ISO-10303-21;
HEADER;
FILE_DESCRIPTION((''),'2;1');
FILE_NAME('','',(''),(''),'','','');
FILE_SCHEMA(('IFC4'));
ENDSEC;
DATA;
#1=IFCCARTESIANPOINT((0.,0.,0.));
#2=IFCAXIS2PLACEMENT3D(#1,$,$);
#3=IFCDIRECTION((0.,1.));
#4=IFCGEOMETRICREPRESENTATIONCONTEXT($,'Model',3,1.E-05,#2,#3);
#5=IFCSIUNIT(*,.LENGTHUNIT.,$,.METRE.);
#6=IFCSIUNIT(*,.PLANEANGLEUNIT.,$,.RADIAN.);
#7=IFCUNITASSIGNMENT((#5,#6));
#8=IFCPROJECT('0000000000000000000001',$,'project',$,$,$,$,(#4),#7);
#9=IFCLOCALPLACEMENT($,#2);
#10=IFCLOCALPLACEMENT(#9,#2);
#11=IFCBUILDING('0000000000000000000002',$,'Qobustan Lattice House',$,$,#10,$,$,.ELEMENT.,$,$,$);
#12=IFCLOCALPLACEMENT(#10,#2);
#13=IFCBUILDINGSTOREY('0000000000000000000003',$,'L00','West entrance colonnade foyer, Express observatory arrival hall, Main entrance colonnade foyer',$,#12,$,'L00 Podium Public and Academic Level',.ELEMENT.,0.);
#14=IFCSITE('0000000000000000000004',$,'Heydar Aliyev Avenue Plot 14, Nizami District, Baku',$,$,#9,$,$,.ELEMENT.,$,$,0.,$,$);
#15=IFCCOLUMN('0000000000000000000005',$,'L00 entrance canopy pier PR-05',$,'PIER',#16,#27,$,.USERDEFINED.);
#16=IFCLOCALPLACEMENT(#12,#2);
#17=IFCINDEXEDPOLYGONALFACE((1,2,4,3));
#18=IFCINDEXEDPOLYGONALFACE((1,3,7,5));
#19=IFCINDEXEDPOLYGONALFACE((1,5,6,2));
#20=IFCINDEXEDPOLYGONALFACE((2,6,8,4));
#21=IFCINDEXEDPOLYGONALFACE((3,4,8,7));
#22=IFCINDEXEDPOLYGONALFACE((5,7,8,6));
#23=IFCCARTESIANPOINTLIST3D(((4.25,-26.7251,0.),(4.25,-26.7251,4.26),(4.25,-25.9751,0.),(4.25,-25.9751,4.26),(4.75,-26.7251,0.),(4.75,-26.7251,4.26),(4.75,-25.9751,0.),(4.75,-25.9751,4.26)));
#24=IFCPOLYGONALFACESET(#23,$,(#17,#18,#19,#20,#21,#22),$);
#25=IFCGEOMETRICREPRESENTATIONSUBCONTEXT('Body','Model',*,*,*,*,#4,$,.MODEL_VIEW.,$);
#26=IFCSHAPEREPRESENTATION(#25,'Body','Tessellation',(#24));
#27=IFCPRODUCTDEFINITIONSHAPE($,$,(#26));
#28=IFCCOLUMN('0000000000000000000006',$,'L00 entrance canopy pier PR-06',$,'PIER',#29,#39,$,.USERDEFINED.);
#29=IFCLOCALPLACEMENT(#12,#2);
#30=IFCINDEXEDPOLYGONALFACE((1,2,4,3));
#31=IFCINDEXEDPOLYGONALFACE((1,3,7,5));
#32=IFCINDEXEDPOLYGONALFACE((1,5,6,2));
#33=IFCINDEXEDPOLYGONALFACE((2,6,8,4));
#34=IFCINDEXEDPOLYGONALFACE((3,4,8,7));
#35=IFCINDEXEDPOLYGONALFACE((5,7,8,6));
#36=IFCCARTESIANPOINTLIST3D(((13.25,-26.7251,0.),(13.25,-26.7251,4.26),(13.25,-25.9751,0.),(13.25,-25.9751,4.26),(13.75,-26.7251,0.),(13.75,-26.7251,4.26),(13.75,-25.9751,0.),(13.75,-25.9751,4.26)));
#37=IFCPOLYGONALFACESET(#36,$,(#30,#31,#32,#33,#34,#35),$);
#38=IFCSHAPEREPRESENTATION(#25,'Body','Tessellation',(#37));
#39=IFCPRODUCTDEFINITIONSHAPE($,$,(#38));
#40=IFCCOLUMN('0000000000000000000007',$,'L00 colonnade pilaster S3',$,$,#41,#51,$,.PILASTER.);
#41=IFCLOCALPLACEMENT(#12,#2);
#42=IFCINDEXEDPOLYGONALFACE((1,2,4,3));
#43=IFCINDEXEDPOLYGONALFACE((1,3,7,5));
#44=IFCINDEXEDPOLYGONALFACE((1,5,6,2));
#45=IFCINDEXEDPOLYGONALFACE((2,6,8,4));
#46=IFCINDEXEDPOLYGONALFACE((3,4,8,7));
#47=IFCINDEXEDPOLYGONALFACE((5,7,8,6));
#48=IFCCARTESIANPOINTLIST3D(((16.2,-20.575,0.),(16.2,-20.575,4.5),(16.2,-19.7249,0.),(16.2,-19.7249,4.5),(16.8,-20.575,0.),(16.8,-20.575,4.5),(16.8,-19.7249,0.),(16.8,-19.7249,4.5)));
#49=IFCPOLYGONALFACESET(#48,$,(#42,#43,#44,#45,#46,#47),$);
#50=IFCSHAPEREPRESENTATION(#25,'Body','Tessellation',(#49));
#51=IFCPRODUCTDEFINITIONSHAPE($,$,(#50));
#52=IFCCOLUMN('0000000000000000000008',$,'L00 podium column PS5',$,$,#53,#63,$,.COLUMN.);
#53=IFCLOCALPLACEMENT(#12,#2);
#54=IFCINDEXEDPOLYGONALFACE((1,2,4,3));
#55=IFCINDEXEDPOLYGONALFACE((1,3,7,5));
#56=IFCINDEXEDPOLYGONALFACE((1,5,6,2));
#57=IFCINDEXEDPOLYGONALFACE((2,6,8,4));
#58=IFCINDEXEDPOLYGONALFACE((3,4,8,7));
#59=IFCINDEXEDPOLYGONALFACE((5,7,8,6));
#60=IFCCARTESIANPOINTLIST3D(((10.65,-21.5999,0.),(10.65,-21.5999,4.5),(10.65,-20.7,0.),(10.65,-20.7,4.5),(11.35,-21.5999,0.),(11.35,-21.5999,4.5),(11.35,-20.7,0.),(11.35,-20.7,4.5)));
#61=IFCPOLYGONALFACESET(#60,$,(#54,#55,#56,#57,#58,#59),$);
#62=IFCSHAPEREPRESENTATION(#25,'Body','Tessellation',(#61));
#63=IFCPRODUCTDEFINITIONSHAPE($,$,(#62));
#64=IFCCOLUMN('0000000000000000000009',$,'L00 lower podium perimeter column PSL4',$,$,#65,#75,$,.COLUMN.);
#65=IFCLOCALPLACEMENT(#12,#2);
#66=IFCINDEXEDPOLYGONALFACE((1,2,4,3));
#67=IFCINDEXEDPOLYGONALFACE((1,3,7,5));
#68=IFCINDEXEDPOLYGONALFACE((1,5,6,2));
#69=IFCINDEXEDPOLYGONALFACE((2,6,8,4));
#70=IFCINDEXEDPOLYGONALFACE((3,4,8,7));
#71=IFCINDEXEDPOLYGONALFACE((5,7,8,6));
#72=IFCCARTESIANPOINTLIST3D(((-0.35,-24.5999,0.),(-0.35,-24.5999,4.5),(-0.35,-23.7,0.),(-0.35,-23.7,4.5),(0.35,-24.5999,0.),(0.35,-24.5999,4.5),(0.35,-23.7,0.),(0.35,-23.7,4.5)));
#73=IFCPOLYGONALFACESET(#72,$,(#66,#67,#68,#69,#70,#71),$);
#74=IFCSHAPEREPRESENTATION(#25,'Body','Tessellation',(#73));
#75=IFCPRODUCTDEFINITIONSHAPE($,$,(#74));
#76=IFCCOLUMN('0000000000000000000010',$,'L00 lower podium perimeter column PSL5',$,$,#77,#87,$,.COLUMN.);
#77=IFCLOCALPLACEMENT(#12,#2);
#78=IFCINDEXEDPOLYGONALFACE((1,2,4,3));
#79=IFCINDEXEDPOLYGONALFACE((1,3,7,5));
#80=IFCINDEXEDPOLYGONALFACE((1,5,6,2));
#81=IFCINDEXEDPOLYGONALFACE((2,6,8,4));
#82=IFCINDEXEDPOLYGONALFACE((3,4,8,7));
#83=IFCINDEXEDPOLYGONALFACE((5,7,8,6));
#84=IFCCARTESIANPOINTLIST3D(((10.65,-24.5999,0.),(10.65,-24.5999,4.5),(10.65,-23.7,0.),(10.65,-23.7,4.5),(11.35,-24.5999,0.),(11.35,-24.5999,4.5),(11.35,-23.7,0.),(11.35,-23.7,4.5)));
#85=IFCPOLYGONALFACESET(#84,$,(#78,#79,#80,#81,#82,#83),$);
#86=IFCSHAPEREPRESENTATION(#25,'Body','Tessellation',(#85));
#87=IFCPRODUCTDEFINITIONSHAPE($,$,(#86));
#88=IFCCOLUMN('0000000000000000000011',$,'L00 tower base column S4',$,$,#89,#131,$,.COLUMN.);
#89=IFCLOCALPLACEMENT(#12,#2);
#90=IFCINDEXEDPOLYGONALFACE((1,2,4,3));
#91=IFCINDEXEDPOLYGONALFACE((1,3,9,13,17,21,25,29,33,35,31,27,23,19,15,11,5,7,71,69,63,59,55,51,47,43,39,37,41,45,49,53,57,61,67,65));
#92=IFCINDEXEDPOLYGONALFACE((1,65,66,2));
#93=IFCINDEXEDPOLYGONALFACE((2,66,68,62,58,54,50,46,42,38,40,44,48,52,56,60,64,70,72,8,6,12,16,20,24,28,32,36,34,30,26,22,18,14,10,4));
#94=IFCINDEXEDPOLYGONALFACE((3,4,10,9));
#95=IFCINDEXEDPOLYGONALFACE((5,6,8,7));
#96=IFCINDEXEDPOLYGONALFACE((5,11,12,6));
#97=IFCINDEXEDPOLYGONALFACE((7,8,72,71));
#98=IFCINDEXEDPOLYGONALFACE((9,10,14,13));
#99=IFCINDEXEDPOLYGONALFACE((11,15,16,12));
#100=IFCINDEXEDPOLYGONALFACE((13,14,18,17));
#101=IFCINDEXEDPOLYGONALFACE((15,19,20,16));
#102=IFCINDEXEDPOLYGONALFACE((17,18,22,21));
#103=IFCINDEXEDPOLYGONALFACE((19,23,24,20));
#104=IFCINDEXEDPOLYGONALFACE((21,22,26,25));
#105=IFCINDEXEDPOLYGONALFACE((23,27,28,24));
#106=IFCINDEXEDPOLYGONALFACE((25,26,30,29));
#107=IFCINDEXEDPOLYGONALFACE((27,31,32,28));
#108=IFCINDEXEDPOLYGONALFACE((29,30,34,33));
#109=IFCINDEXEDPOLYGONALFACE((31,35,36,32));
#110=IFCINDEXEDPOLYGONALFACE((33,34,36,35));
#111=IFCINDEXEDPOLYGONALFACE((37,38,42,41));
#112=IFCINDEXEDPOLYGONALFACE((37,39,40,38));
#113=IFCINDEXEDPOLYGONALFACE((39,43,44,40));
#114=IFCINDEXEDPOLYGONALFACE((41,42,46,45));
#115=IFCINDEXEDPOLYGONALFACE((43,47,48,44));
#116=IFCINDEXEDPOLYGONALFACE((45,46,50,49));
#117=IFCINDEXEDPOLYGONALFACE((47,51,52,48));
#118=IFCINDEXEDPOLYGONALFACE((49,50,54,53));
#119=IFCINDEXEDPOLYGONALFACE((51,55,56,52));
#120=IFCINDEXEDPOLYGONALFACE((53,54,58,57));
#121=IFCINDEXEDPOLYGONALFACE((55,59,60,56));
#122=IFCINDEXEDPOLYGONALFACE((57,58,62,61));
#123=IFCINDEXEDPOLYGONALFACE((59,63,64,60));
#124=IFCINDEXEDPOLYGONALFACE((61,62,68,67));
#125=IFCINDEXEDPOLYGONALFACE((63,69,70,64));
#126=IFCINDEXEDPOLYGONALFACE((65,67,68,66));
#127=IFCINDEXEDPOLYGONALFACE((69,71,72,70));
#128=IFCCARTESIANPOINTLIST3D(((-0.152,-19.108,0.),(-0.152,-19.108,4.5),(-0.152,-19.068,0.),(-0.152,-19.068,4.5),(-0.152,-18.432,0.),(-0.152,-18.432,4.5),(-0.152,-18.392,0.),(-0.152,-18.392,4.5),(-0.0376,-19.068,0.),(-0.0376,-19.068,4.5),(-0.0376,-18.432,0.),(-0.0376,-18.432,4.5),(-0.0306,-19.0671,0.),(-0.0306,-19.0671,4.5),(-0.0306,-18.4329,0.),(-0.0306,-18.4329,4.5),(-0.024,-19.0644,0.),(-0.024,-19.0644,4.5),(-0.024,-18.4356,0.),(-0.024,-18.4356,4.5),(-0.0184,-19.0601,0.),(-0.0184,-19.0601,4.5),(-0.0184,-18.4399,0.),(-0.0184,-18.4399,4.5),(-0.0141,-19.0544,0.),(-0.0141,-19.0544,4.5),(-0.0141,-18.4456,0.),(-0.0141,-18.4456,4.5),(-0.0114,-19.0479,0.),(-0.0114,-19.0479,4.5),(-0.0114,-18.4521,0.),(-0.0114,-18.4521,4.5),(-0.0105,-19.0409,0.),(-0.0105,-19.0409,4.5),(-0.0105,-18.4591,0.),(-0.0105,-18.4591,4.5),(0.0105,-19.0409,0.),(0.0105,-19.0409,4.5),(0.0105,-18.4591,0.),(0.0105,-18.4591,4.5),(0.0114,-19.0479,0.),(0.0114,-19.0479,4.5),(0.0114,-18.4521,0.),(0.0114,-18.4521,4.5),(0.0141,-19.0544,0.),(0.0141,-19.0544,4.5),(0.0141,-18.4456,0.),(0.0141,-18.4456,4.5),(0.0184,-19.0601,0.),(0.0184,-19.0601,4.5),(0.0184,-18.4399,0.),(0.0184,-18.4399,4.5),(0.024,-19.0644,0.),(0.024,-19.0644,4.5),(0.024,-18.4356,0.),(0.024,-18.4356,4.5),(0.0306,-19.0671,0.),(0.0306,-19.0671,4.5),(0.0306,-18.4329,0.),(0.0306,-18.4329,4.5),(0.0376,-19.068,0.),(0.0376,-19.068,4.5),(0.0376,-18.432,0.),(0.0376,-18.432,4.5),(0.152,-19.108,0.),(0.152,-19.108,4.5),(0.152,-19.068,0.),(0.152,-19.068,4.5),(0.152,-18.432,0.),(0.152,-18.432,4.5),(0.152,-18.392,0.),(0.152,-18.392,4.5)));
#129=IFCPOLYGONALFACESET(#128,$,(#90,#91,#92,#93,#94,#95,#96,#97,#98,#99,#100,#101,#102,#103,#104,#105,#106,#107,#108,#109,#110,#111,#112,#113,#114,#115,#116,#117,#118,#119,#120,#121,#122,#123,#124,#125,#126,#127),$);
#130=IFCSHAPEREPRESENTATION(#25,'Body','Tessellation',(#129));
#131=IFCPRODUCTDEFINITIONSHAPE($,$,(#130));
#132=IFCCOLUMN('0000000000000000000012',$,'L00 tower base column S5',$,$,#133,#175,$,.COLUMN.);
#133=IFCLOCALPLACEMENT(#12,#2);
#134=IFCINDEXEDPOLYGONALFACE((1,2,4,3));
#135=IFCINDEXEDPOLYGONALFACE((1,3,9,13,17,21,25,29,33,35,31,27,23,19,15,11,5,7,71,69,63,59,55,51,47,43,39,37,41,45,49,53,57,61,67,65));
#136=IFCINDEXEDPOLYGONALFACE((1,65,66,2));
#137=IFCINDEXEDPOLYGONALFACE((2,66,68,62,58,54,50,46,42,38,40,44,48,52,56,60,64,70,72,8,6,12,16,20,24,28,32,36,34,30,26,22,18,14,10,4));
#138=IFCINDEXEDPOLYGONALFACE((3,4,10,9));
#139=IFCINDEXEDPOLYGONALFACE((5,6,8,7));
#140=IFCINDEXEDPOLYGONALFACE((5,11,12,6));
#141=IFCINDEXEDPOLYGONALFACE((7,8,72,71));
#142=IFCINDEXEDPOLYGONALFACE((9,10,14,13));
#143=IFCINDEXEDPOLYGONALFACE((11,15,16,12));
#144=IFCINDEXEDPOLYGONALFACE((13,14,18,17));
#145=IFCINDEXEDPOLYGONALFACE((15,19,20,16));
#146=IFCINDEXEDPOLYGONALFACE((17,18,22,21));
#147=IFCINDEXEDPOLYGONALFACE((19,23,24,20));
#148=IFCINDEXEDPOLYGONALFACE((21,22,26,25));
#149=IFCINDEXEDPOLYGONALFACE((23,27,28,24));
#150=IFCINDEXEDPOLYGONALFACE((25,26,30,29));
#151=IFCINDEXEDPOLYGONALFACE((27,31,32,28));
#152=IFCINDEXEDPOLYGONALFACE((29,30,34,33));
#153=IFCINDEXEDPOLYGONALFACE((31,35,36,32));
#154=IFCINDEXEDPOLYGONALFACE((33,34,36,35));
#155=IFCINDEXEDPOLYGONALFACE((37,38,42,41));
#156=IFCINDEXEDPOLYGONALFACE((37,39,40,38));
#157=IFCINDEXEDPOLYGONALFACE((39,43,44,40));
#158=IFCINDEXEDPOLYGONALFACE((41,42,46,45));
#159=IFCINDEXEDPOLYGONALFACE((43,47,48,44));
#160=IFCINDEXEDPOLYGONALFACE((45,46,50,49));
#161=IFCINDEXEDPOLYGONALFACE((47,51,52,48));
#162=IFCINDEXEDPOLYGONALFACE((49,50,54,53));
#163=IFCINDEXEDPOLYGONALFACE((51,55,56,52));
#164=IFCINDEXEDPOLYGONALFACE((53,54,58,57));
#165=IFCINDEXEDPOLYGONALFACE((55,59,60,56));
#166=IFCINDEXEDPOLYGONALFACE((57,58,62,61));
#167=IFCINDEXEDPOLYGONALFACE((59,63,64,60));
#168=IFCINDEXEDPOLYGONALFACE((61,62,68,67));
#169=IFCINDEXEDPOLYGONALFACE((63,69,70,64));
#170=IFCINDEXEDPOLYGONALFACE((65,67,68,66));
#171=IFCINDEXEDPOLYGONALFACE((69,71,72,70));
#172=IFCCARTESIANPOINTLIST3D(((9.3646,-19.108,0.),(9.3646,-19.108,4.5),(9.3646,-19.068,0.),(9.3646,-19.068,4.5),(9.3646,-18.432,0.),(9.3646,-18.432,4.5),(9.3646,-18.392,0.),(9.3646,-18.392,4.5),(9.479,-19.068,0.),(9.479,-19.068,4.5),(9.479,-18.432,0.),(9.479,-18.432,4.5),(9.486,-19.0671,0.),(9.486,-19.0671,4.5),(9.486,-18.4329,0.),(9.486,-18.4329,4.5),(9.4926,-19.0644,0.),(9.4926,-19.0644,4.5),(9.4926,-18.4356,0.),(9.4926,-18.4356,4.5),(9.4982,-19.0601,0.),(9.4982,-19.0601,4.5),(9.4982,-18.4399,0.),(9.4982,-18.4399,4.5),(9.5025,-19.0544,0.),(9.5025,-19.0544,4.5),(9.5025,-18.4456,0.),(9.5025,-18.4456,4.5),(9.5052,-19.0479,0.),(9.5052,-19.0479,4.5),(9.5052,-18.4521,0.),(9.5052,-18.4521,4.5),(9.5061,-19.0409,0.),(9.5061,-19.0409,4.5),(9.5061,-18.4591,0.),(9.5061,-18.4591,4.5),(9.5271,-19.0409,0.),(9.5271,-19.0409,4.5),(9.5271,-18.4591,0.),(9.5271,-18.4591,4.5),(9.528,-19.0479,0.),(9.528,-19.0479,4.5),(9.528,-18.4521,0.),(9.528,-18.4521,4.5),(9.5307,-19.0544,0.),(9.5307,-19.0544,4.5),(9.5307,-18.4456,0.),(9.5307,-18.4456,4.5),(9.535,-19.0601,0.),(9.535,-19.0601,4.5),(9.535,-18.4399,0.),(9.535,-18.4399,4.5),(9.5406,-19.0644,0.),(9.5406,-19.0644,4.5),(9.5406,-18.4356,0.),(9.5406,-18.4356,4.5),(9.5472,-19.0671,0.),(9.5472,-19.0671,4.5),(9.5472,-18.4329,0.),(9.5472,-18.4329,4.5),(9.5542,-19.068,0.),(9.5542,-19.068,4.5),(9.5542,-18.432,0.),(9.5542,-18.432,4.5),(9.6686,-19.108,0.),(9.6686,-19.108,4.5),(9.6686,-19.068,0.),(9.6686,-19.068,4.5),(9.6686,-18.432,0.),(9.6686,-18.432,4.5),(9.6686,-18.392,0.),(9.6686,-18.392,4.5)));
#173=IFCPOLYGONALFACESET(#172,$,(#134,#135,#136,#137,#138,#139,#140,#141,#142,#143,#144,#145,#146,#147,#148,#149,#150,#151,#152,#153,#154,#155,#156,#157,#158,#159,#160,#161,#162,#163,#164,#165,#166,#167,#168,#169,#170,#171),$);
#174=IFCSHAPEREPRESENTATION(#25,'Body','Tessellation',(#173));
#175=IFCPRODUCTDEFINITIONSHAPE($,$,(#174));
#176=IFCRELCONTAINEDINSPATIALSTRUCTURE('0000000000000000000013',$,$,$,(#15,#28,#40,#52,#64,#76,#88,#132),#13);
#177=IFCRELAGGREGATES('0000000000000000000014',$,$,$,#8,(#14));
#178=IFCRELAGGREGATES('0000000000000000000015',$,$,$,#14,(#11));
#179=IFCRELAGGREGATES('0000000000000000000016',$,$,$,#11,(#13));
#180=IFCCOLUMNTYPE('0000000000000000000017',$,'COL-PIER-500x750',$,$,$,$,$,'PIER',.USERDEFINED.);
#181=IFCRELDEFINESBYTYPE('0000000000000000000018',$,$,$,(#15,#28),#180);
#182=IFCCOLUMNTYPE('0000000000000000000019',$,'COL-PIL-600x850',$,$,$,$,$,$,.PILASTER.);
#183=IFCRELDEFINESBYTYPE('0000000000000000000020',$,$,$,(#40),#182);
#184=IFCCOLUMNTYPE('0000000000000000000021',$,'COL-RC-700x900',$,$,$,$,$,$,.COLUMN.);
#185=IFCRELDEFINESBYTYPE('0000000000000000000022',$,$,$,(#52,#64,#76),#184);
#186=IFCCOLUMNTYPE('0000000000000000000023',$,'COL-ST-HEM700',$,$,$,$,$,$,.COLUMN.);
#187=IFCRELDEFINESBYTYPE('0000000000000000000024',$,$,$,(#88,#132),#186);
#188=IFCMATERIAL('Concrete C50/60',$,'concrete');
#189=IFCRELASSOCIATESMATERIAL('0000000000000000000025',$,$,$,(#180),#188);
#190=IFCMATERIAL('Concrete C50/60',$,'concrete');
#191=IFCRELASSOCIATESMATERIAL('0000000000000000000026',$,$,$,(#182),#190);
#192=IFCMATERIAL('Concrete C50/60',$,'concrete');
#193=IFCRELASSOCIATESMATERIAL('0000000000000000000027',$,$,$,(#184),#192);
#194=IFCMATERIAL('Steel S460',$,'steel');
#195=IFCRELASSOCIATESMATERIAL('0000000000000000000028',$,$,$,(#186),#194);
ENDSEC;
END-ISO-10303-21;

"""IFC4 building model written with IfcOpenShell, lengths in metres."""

from ifc_helpers import new_model, si_unit, direction, frame, origin, origin_2d, place, context, subcontext, project, spatial, rectangle, i_section, extrude, material, material_profile, profile_set, type_object, element, save


model = new_model("IFC4")

# Units and contexts
model_context = context("Model", 3, precision=1e-05, world=origin(), true_north=direction((0.0, 1.0)))
body_context = subcontext(model_context, "Body", "Model", "MODEL_VIEW")
ifc_project = project(units=[si_unit("LENGTHUNIT", "METRE"), si_unit("PLANEANGLEUNIT", "RADIAN")], contexts=[model_context])

# Site, building, storey
site_placement = place(None, origin())
site = spatial("IfcSite", under=ifc_project, at=site_placement, Name="Heydar Aliyev Avenue Plot 14, Nizami District, Baku", CompositionType="ELEMENT", RefElevation=0.0)
building_placement = place(site_placement, origin())
building = spatial("IfcBuilding", under=site, at=building_placement, Name="Qobustan Lattice House", CompositionType="ELEMENT")
storey_placement = place(building_placement, origin())
storey = spatial("IfcBuildingStorey", under=building, at=storey_placement, Name="L00", Description="West entrance colonnade foyer, Express observatory arrival hall, Main entrance colonnade foyer", LongName="L00 Podium Public and Academic Level", CompositionType="ELEMENT", Elevation=0.0)

# Columns
ifc_material_1 = material(Name="Concrete C50/60", Category="concrete")
ifc_material_profile_1 = material_profile(ifc_material_1, rectangle(XDim=0.5, YDim=0.75, at=origin_2d()), Name="RC500x750")
ifc_profile_set_1 = profile_set([ifc_material_profile_1], Name="Concrete C50/60")
column_type_1 = type_object("IfcColumnType", Name="COL-PIER-500x750", ElementType="PIER", PredefinedType="USERDEFINED", material=ifc_profile_set_1)
for number, where, z_axis, x_axis, name in (
    (1, (4.5, -26.3501, 0.0), (0.0, 0.0, 1.0), (1.0, 0.0, 0.0), "L00 entrance canopy pier PR-05"),
    (2, (13.5, -26.3501, 0.0), (0.0, 0.0, 1.0), (1.0, 0.0, 0.0), "L00 entrance canopy pier PR-06"),
):
    element("IfcColumn", number, at=place(storey_placement, frame(where, z_axis=z_axis, x_axis=x_axis)), inside=storey, type_object=column_type_1, Name=name, ObjectType="PIER", PredefinedType="USERDEFINED", context=body_context, shape_type="SweptSolid", body=[
        extrude(rectangle(XDim=0.5, YDim=0.75, at=origin_2d()), origin(), (0.0, 0.0, 1.0), 4.26),
    ])
ifc_material_2 = material(Name="Concrete C50/60", Category="concrete")
ifc_material_profile_2 = material_profile(ifc_material_2, rectangle(XDim=0.6001, YDim=0.8501, at=origin_2d()), Name="RC600x850")
ifc_profile_set_2 = profile_set([ifc_material_profile_2], Name="Concrete C50/60")
column_type_2 = type_object("IfcColumnType", Name="COL-PIL-600x850", PredefinedType="PILASTER", material=ifc_profile_set_2)
column_placement = place(storey_placement, frame((16.5, -20.1499, 0.0), z_axis=(0.0, 0.0, 1.0), x_axis=(1.0, 0.0, 0.0)))
element("IfcColumn", 3, at=column_placement, inside=storey, type_object=column_type_2, Name="L00 colonnade pilaster S3", PredefinedType="PILASTER", context=body_context, shape_type="SweptSolid", body=[
    extrude(rectangle(XDim=0.6001, YDim=0.8501, at=origin_2d()), origin(), (0.0, 0.0, 1.0), 4.5),
])
ifc_material_3 = material(Name="Concrete C50/60", Category="concrete")
ifc_material_profile_3 = material_profile(ifc_material_3, rectangle(XDim=0.7, YDim=0.8999, at=origin_2d()), Name="RC700x900")
ifc_profile_set_3 = profile_set([ifc_material_profile_3], Name="Concrete C50/60")
column_type_3 = type_object("IfcColumnType", Name="COL-RC-700x900", PredefinedType="COLUMN", material=ifc_profile_set_3)
for number, where, z_axis, x_axis, name in (
    (4, (11.0, -21.1499, 0.0), (0.0, 0.0, 1.0), (1.0, 0.0, 0.0), "L00 podium column PS5"),
    (5, (0.0, -24.1499, 0.0), (0.0, 0.0, 1.0), (1.0, 0.0, 0.0), "L00 lower podium perimeter column PSL4"),
    (6, (11.0, -24.1499, 0.0), (0.0, 0.0, 1.0), (1.0, 0.0, 0.0), "L00 lower podium perimeter column PSL5"),
):
    element("IfcColumn", number, at=place(storey_placement, frame(where, z_axis=z_axis, x_axis=x_axis)), inside=storey, type_object=column_type_3, Name=name, PredefinedType="COLUMN", context=body_context, shape_type="SweptSolid", body=[
        extrude(rectangle(XDim=0.7, YDim=0.8999, at=origin_2d()), origin(), (0.0, 0.0, 1.0), 4.5),
    ])
ifc_material_4 = material(Name="Steel S460", Category="steel")
ifc_material_profile_4 = material_profile(ifc_material_4, i_section(OverallWidth=0.304, OverallDepth=0.7161, WebThickness=0.021, FlangeThickness=0.04, FilletRadius=0.0271, at=origin_2d()), Name="HEM700")
ifc_profile_set_4 = profile_set([ifc_material_profile_4], Name="Steel S460")
column_type_4 = type_object("IfcColumnType", Name="COL-ST-HEM700", PredefinedType="COLUMN", material=ifc_profile_set_4)
for number, where, z_axis, x_axis, name in (
    (7, (0.0, -18.75, 0.0), (0.0, 0.0, 1.0), (1.0, 0.0, 0.0), "L00 tower base column S4"),
    (8, (9.5166, -18.75, 0.0), (0.0, 0.0, 1.0), (1.0, 0.0, 0.0), "L00 tower base column S5"),
):
    element("IfcColumn", number, at=place(storey_placement, frame(where, z_axis=z_axis, x_axis=x_axis)), inside=storey, type_object=column_type_4, Name=name, PredefinedType="COLUMN", context=body_context, shape_type="SweptSolid", body=[
        extrude(i_section(OverallWidth=0.304, OverallDepth=0.7161, WebThickness=0.021, FlangeThickness=0.04, FilletRadius=0.0271, at=origin_2d()), origin(), (0.0, 0.0, 1.0), 4.5),
    ])

save(model, "model.ifc")
